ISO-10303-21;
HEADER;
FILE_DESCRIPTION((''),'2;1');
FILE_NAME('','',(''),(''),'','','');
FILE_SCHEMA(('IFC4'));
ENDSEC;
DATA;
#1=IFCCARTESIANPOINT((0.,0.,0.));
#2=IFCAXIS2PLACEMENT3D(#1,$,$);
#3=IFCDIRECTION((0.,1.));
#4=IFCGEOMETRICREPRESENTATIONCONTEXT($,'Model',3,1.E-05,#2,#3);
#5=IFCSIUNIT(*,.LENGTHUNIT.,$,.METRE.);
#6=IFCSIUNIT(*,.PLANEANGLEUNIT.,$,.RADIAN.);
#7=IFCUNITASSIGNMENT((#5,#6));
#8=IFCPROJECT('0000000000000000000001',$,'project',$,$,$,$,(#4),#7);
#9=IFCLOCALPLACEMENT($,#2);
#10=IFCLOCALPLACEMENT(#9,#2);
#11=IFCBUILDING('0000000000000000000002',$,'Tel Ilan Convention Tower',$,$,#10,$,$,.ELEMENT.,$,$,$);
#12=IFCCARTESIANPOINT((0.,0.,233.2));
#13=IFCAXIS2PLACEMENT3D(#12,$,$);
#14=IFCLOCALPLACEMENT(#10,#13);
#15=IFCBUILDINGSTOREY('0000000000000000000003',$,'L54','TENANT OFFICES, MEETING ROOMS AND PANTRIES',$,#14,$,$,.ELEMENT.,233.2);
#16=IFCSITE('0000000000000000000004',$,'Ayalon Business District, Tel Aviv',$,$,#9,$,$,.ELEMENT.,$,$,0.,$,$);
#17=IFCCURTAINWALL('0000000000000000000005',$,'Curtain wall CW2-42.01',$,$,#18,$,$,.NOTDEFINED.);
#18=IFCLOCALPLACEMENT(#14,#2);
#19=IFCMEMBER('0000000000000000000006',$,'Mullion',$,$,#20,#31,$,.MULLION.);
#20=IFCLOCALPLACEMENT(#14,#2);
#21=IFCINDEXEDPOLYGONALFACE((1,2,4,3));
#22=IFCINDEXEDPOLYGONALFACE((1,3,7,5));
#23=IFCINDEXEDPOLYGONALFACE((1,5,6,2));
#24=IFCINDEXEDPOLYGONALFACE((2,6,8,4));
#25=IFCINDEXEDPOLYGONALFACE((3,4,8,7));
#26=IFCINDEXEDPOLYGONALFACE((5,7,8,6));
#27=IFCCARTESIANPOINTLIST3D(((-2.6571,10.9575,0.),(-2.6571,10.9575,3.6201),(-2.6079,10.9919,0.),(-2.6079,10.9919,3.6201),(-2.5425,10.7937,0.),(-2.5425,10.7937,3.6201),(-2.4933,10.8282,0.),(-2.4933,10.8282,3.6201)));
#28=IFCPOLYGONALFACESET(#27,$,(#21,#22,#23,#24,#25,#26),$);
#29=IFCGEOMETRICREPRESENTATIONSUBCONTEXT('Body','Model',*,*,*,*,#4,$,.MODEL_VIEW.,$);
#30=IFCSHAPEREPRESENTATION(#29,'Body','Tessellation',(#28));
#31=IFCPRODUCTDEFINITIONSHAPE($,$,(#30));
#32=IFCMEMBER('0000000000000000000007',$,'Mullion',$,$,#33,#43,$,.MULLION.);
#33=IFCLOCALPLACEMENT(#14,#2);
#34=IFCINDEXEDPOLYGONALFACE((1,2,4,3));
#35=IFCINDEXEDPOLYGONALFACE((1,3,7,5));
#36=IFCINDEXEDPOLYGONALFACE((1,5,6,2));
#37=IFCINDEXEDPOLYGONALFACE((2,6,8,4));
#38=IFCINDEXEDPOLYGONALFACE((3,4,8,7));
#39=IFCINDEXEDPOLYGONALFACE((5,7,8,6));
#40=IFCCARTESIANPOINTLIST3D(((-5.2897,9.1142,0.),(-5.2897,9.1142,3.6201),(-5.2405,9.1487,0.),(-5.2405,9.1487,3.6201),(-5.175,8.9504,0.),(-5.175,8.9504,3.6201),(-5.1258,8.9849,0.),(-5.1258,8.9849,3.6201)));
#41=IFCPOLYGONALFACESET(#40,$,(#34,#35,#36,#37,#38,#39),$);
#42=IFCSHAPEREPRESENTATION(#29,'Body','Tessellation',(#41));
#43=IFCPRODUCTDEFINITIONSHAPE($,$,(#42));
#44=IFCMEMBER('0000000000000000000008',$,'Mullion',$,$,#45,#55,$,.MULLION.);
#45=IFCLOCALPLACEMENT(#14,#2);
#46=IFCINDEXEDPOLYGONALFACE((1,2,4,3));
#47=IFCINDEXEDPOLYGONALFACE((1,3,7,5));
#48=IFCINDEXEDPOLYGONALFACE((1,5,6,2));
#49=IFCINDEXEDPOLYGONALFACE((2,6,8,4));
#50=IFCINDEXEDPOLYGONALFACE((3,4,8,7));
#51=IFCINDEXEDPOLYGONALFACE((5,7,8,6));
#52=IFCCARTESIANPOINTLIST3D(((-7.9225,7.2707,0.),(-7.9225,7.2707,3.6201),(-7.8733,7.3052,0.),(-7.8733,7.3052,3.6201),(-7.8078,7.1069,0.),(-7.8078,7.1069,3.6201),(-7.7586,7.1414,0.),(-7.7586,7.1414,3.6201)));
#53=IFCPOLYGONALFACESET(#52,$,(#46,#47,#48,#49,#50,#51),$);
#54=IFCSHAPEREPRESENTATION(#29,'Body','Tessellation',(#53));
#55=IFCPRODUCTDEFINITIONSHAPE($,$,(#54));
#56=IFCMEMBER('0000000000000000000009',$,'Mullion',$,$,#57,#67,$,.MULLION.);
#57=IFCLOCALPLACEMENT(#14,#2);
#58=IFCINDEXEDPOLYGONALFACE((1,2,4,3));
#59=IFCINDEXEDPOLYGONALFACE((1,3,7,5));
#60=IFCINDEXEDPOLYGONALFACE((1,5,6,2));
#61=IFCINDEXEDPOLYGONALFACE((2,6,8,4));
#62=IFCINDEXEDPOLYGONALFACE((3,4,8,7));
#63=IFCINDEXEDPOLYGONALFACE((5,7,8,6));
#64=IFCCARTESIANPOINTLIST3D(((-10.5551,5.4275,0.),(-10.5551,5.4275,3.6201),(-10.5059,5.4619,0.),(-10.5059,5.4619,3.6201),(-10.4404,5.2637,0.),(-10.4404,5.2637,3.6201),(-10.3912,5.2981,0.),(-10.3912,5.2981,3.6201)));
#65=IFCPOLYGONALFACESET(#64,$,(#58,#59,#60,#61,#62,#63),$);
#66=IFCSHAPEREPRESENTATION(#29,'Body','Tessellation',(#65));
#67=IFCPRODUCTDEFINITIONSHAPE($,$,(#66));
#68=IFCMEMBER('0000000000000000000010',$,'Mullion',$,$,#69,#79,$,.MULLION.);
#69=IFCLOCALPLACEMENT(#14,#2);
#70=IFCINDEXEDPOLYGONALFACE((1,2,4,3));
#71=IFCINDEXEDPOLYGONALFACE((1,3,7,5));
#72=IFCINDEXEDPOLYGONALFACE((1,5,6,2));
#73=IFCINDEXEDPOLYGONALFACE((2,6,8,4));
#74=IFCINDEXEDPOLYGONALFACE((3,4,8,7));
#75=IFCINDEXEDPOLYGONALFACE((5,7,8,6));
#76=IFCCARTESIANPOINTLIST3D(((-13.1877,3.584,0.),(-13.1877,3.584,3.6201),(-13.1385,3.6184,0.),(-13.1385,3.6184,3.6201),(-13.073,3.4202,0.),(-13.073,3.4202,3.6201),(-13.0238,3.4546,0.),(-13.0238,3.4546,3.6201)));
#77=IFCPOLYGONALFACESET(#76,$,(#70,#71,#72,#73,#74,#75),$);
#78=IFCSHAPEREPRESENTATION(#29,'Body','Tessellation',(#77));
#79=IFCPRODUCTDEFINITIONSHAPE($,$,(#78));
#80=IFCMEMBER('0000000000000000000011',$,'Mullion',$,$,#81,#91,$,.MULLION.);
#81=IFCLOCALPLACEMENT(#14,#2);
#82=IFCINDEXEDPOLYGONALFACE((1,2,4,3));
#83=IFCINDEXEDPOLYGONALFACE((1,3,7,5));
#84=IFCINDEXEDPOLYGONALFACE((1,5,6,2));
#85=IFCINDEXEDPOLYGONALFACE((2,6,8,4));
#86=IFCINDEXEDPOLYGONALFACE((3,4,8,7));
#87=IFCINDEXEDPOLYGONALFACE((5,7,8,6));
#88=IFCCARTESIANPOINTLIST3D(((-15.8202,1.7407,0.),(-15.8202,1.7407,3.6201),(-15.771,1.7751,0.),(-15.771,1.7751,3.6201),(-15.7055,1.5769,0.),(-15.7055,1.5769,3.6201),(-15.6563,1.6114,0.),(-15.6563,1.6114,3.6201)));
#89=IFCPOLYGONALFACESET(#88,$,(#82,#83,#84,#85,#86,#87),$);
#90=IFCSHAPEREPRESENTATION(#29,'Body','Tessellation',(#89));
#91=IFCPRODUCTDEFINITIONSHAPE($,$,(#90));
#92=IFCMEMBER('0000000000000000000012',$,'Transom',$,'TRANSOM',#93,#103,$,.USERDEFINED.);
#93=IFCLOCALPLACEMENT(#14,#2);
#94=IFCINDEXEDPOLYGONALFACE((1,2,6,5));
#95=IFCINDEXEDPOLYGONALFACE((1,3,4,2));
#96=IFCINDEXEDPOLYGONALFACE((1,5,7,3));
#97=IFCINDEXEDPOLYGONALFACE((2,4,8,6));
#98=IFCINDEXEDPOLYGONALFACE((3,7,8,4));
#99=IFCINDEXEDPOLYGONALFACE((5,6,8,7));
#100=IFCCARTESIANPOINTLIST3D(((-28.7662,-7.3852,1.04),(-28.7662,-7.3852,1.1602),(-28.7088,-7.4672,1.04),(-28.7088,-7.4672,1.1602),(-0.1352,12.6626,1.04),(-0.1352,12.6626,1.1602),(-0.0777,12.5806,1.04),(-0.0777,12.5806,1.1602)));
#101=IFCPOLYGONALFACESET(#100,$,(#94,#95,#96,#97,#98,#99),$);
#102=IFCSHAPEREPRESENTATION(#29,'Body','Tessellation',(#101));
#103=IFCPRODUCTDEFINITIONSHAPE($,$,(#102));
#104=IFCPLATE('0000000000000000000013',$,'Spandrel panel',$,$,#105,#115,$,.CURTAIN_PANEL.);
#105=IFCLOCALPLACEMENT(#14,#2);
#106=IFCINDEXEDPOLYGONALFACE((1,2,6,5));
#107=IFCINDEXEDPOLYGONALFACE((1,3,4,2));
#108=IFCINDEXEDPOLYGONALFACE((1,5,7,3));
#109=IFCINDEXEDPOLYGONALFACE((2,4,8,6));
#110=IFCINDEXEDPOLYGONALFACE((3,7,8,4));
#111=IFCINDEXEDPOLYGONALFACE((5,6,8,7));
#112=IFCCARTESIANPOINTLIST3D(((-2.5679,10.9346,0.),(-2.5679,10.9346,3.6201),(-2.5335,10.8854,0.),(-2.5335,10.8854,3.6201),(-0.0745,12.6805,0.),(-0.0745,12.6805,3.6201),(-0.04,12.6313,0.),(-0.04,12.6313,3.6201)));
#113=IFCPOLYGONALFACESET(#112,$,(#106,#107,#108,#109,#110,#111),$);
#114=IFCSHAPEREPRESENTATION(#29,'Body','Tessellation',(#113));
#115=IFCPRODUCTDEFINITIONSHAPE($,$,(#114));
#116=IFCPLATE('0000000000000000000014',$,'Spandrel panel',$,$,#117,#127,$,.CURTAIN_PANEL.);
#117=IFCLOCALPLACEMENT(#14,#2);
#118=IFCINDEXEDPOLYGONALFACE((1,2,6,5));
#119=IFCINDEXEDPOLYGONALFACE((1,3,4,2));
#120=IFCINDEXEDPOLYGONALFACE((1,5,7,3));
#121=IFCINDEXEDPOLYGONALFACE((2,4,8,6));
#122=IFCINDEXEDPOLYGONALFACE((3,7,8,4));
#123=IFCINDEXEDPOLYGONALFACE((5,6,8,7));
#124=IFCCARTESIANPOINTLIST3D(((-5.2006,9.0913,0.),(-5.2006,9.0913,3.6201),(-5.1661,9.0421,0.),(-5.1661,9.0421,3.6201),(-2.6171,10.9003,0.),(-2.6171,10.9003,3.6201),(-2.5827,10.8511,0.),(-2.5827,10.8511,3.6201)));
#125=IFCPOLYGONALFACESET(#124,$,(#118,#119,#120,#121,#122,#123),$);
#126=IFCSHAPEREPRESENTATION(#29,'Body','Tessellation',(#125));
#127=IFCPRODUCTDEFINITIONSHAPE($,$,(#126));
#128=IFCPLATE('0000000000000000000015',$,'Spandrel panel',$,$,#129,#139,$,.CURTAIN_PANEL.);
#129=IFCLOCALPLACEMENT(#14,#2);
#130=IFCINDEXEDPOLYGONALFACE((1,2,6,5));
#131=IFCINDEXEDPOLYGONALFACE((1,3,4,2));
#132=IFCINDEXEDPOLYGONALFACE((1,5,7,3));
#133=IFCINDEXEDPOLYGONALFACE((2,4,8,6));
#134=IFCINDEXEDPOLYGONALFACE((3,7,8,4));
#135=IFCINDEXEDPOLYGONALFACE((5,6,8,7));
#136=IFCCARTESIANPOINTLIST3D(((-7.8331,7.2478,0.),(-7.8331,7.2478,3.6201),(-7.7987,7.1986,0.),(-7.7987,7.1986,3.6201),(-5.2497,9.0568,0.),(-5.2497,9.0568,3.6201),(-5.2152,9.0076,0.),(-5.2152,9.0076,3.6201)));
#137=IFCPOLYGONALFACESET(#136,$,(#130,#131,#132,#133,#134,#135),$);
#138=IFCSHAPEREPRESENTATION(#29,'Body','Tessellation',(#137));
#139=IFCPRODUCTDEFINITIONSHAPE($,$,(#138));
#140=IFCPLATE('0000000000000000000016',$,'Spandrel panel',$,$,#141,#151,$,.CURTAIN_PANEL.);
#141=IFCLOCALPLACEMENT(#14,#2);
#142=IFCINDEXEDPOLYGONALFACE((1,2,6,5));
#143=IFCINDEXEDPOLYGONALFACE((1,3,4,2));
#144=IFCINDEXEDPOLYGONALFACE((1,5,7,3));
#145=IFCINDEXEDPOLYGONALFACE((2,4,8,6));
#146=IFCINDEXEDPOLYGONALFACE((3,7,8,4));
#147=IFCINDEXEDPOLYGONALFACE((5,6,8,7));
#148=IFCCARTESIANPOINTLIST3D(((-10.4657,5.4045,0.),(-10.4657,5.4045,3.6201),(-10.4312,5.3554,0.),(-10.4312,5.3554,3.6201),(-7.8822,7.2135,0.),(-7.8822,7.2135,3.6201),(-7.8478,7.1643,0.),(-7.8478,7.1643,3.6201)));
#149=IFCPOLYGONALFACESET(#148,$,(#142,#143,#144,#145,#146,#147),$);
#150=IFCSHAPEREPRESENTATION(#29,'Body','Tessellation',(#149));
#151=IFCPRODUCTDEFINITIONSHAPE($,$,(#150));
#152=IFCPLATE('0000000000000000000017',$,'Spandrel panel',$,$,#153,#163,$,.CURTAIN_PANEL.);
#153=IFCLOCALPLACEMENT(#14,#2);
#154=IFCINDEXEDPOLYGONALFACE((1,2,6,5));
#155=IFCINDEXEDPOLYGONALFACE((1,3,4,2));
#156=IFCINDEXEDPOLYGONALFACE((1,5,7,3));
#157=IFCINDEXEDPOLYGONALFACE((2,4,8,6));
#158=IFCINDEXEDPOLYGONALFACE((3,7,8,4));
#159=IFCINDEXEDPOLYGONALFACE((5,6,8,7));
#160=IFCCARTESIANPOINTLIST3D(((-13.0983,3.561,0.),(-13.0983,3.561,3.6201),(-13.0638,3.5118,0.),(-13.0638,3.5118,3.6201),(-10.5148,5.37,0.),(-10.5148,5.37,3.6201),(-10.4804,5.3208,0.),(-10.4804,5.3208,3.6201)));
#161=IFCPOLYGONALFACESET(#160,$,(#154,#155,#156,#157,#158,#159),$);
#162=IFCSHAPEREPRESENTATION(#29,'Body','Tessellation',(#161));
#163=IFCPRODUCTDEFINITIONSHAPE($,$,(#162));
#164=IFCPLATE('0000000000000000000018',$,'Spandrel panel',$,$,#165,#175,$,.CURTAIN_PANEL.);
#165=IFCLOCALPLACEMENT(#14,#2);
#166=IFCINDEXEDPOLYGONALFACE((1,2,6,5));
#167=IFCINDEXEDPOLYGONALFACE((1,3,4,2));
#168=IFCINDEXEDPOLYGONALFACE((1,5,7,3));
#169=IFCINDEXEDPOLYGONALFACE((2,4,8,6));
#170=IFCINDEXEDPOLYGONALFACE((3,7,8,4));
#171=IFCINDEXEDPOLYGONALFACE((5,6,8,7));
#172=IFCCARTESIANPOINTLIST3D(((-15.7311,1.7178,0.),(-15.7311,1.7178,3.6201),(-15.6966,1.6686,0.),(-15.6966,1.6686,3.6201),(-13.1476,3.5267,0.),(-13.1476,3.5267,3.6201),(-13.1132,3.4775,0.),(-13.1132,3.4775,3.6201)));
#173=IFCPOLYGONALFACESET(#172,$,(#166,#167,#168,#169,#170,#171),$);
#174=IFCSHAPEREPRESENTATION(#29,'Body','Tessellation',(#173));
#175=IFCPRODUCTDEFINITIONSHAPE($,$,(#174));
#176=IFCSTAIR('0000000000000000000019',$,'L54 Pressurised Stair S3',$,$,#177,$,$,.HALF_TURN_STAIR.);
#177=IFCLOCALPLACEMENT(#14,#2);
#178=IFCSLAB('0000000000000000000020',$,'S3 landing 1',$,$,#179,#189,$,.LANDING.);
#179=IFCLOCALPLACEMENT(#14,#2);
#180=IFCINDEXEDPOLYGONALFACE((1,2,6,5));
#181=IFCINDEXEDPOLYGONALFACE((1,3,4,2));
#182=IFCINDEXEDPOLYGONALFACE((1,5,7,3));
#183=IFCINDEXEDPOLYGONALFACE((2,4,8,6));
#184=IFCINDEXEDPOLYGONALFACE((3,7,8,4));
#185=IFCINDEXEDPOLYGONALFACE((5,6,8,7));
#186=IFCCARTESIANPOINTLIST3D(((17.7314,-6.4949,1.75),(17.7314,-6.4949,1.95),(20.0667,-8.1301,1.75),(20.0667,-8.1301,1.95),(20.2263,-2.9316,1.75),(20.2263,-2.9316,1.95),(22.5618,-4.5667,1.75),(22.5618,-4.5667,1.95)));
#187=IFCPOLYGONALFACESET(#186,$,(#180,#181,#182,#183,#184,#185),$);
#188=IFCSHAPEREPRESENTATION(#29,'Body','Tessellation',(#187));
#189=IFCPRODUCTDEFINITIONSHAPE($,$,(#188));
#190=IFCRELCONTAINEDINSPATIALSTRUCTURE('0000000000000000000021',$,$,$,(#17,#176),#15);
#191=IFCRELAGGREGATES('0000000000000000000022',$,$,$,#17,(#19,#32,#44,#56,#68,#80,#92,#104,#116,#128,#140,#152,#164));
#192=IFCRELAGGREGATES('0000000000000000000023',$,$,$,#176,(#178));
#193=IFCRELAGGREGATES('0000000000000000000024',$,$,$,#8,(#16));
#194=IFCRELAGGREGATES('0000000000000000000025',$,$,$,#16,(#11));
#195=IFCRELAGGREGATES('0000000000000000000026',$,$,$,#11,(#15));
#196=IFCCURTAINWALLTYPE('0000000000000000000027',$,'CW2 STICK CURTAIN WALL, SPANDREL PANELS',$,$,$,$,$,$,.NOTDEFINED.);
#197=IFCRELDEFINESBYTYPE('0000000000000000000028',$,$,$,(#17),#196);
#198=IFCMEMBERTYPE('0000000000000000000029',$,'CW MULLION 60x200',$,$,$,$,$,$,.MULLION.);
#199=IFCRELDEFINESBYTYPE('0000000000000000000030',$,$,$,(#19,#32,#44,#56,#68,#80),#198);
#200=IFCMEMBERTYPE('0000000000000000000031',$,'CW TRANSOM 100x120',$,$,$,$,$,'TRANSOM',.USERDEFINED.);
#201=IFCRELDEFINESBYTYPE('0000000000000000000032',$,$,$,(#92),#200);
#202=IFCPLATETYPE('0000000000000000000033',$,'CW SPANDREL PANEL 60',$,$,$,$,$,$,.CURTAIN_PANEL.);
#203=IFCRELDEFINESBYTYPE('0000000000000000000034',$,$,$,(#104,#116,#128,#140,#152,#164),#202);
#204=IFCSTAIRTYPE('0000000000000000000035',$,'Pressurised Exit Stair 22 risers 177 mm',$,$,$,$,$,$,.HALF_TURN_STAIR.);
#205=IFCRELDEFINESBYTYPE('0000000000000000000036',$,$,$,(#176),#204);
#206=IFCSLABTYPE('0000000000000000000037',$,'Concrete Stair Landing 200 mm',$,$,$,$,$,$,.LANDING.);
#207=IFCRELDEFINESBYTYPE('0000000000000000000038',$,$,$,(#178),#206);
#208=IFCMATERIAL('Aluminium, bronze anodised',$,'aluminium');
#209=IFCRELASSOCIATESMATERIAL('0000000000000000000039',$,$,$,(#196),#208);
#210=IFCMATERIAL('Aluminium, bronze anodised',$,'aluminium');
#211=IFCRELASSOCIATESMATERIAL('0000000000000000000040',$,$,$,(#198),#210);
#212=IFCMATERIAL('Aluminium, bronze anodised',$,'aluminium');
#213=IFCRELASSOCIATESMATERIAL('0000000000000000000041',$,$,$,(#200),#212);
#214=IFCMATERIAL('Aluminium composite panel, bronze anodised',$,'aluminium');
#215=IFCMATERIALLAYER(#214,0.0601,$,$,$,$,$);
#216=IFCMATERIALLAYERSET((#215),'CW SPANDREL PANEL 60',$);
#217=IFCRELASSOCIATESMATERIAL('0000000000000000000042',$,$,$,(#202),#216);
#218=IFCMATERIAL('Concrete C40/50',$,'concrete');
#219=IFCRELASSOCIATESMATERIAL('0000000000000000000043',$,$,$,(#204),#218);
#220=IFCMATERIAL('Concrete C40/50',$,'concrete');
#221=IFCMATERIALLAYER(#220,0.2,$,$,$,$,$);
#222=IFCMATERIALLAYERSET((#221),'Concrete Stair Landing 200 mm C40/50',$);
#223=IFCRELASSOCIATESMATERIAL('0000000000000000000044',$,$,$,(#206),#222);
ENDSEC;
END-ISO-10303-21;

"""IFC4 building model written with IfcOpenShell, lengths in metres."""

from ifc_helpers import new_model, si_unit, direction, frame, origin, origin_2d, place, context, subcontext, project, spatial, polyline, rectangle, outline, extrude, material, layer, layer_set, material_profile, profile_set, type_object, element, aggregate, save


model = new_model("IFC4")

# Units and contexts
model_context = context("Model", 3, precision=1e-05, world=origin(), true_north=direction((0.0, 1.0)))
body_context = subcontext(model_context, "Body", "Model", "MODEL_VIEW")
ifc_project = project(units=[si_unit("LENGTHUNIT", "METRE"), si_unit("PLANEANGLEUNIT", "RADIAN")], contexts=[model_context])

# Site, building, storey
site_placement = place(None, origin())
site = spatial("IfcSite", under=ifc_project, at=site_placement, Name="Ayalon Business District, Tel Aviv", CompositionType="ELEMENT", RefElevation=0.0)
building_placement = place(site_placement, origin())
building = spatial("IfcBuilding", under=site, at=building_placement, Name="Tel Ilan Convention Tower", CompositionType="ELEMENT")
storey_placement = place(building_placement, frame((0.0, 0.0, 233.2)))
storey = spatial("IfcBuildingStorey", under=building, at=storey_placement, Name="L54", Description="TENANT OFFICES, MEETING ROOMS AND PANTRIES", CompositionType="ELEMENT", Elevation=233.2)

# Curtain wall, members, plates
ifc_material_1 = material(Name="Aluminium, bronze anodised", Category="aluminium")
curtain_wall_type = type_object("IfcCurtainWallType", Name="CW2 STICK CURTAIN WALL, SPANDREL PANELS", PredefinedType="NOTDEFINED", material=ifc_material_1)
curtain_wall_placement = place(storey_placement, origin())
curtain_wall = element("IfcCurtainWall", 1, at=curtain_wall_placement, inside=storey, type_object=curtain_wall_type, Name="Curtain wall CW2-42.01", PredefinedType="NOTDEFINED")
ifc_material_2 = material(Name="Aluminium, bronze anodised", Category="aluminium")
ifc_material_profile_1 = material_profile(ifc_material_2, rectangle(XDim=0.0601, YDim=0.2, at=origin_2d()), Name="CW MULLION 60x200")
ifc_profile_set_1 = profile_set([ifc_material_profile_1], Name="Aluminium, bronze anodised")
member_type_1 = type_object("IfcMemberType", Name="CW MULLION 60x200", PredefinedType="MULLION", material=ifc_profile_set_1)
member_1_placement = place(storey_placement, frame((-2.5752, 10.8928, 0.0), z_axis=(0.0, 0.0, 1.0), x_axis=(-0.819152, -0.573576, 0.0)))
member_1 = element("IfcMember", 2, at=member_1_placement, type_object=member_type_1, Name="Mullion", PredefinedType="MULLION", context=body_context, shape_type="SweptSolid", body=[
    extrude(rectangle(XDim=0.0601, YDim=0.2, at=origin_2d()), origin(), (0.0, 0.0, 1.0), 3.6201),
])
member_2_placement = place(storey_placement, frame((-5.2078, 9.0496, 0.0), z_axis=(0.0, 0.0, 1.0), x_axis=(-0.819152, -0.573576, 0.0)))
member_2 = element("IfcMember", 3, at=member_2_placement, type_object=member_type_1, Name="Mullion", PredefinedType="MULLION", context=body_context, shape_type="SweptSolid", body=[
    extrude(rectangle(XDim=0.0601, YDim=0.2, at=origin_2d()), origin(), (0.0, 0.0, 1.0), 3.6201),
])
member_3_placement = place(storey_placement, frame((-7.8406, 7.2061, 0.0), z_axis=(0.0, 0.0, 1.0), x_axis=(-0.819152, -0.573576, 0.0)))
member_3 = element("IfcMember", 4, at=member_3_placement, type_object=member_type_1, Name="Mullion", PredefinedType="MULLION", context=body_context, shape_type="SweptSolid", body=[
    extrude(rectangle(XDim=0.0601, YDim=0.2, at=origin_2d()), origin(), (0.0, 0.0, 1.0), 3.6201),
])
member_4_placement = place(storey_placement, frame((-10.4731, 5.3628, 0.0), z_axis=(0.0, 0.0, 1.0), x_axis=(-0.819152, -0.573576, 0.0)))
member_4 = element("IfcMember", 5, at=member_4_placement, type_object=member_type_1, Name="Mullion", PredefinedType="MULLION", context=body_context, shape_type="SweptSolid", body=[
    extrude(rectangle(XDim=0.0601, YDim=0.2, at=origin_2d()), origin(), (0.0, 0.0, 1.0), 3.6201),
])
member_5_placement = place(storey_placement, frame((-13.1057, 3.5193, 0.0), z_axis=(0.0, 0.0, 1.0), x_axis=(-0.819152, -0.573576, 0.0)))
member_5 = element("IfcMember", 6, at=member_5_placement, type_object=member_type_1, Name="Mullion", PredefinedType="MULLION", context=body_context, shape_type="SweptSolid", body=[
    extrude(rectangle(XDim=0.0601, YDim=0.2, at=origin_2d()), origin(), (0.0, 0.0, 1.0), 3.6201),
])
member_6_placement = place(storey_placement, frame((-15.7383, 1.676, 0.0), z_axis=(0.0, 0.0, 1.0), x_axis=(-0.819152, -0.573576, 0.0)))
member_6 = element("IfcMember", 7, at=member_6_placement, type_object=member_type_1, Name="Mullion", PredefinedType="MULLION", context=body_context, shape_type="SweptSolid", body=[
    extrude(rectangle(XDim=0.0601, YDim=0.2, at=origin_2d()), origin(), (0.0, 0.0, 1.0), 3.6201),
])
ifc_material_3 = material(Name="Aluminium, bronze anodised", Category="aluminium")
ifc_material_profile_2 = material_profile(ifc_material_3, rectangle(XDim=0.1001, YDim=0.1201, at=origin_2d()), Name="CW TRANSOM 100x120")
ifc_profile_set_2 = profile_set([ifc_material_profile_2], Name="Aluminium, bronze anodised")
member_type_2 = type_object("IfcMemberType", Name="CW TRANSOM 100x120", ElementType="TRANSOM", PredefinedType="USERDEFINED", material=ifc_profile_set_2)
member_7_placement = place(storey_placement, frame((-0.1064, 12.6216, 1.1001), z_axis=(-0.81915, -0.573579, 0.0), x_axis=(0.573579, -0.81915, 0.0)))
member_7 = element("IfcMember", 8, at=member_7_placement, type_object=member_type_2, Name="Transom", ObjectType="TRANSOM", PredefinedType="USERDEFINED", context=body_context, shape_type="SweptSolid", body=[
    extrude(rectangle(XDim=0.1001, YDim=0.1201, at=origin_2d()), origin(), (0.0, 0.0, 1.0), 34.9521),
])
ifc_material_4 = material(Name="Aluminium composite panel, bronze anodised", Category="aluminium")
ifc_layer_1 = layer(ifc_material_4, 0.0601)
ifc_layer_set_1 = layer_set([ifc_layer_1], Name="CW SPANDREL PANEL 60")
plate_type = type_object("IfcPlateType", Name="CW SPANDREL PANEL 60", PredefinedType="CURTAIN_PANEL", material=ifc_layer_set_1)
plate_1_placement = place(storey_placement, frame((-1.304, 11.783, 0.0), z_axis=(0.0, 0.0, 1.0), x_axis=(-0.819152, -0.573576, 0.0)))
plate_1 = element("IfcPlate", 9, at=plate_1_placement, type_object=plate_type, Name="Spandrel panel", PredefinedType="CURTAIN_PANEL", context=body_context, shape_type="SweptSolid", body=[
    extrude(rectangle(XDim=3.0439, YDim=0.0601, at=origin_2d()), origin(), (0.0, 0.0, 1.0), 3.6201),
])
plate_2_placement = place(storey_placement, frame((-3.8916, 9.9712, 0.0), z_axis=(0.0, 0.0, 1.0), x_axis=(-0.819152, -0.573576, 0.0)))
plate_2 = element("IfcPlate", 10, at=plate_2_placement, type_object=plate_type, Name="Spandrel panel", PredefinedType="CURTAIN_PANEL", context=body_context, shape_type="SweptSolid", body=[
    extrude(rectangle(XDim=3.1538, YDim=0.0601, at=origin_2d()), origin(), (0.0, 0.0, 1.0), 3.6201),
])
plate_3_placement = place(storey_placement, frame((-6.5242, 8.1277, 0.0), z_axis=(0.0, 0.0, 1.0), x_axis=(-0.819152, -0.573576, 0.0)))
plate_3 = element("IfcPlate", 11, at=plate_3_placement, type_object=plate_type, Name="Spandrel panel", PredefinedType="CURTAIN_PANEL", context=body_context, shape_type="SweptSolid", body=[
    extrude(rectangle(XDim=3.1538, YDim=0.0601, at=origin_2d()), origin(), (0.0, 0.0, 1.0), 3.6201),
])
plate_4_placement = place(storey_placement, frame((-9.1567, 6.2844, 0.0), z_axis=(0.0, 0.0, 1.0), x_axis=(-0.819152, -0.573576, 0.0)))
plate_4 = element("IfcPlate", 12, at=plate_4_placement, type_object=plate_type, Name="Spandrel panel", PredefinedType="CURTAIN_PANEL", context=body_context, shape_type="SweptSolid", body=[
    extrude(rectangle(XDim=3.1538, YDim=0.0601, at=origin_2d()), origin(), (0.0, 0.0, 1.0), 3.6201),
])
plate_5_placement = place(storey_placement, frame((-11.7893, 4.4409, 0.0), z_axis=(0.0, 0.0, 1.0), x_axis=(-0.819152, -0.573576, 0.0)))
plate_5 = element("IfcPlate", 13, at=plate_5_placement, type_object=plate_type, Name="Spandrel panel", PredefinedType="CURTAIN_PANEL", context=body_context, shape_type="SweptSolid", body=[
    extrude(rectangle(XDim=3.1538, YDim=0.0601, at=origin_2d()), origin(), (0.0, 0.0, 1.0), 3.6201),
])
plate_6_placement = place(storey_placement, frame((-14.4221, 2.5977, 0.0), z_axis=(0.0, 0.0, 1.0), x_axis=(-0.819152, -0.573576, 0.0)))
plate_6 = element("IfcPlate", 14, at=plate_6_placement, type_object=plate_type, Name="Spandrel panel", PredefinedType="CURTAIN_PANEL", context=body_context, shape_type="SweptSolid", body=[
    extrude(rectangle(XDim=3.1538, YDim=0.0601, at=origin_2d()), origin(), (0.0, 0.0, 1.0), 3.6201),
])
aggregate(curtain_wall, [member_1, member_2, member_3, member_4, member_5, member_6, member_7, plate_1, plate_2, plate_3, plate_4, plate_5, plate_6])

# Stair, slab
ifc_material_5 = material(Name="Concrete C40/50", Category="concrete")
stair_type = type_object("IfcStairType", Name="Pressurised Exit Stair 22 risers 177 mm", PredefinedType="HALF_TURN_STAIR", material=ifc_material_5)
stair_placement = place(storey_placement, origin())
stair = element("IfcStair", 15, at=stair_placement, inside=storey, type_object=stair_type, Name="L54 Pressurised Stair S3", PredefinedType="HALF_TURN_STAIR")
ifc_material_6 = material(Name="Concrete C40/50", Category="concrete")
ifc_layer_2 = layer(ifc_material_6, 0.2)
ifc_layer_set_2 = layer_set([ifc_layer_2], Name="Concrete Stair Landing 200 mm C40/50")
slab_type = type_object("IfcSlabType", Name="Concrete Stair Landing 200 mm", PredefinedType="LANDING", material=ifc_layer_set_2)
slab_placement = place(storey_placement, frame((0.0, 0.0, 1.75)))
slab = element("IfcSlab", 16, at=slab_placement, type_object=slab_type, Name="S3 landing 1", PredefinedType="LANDING", context=body_context, shape_type="SweptSolid", body=[
    extrude(outline(polyline([(22.5618, -4.5667), (20.2263, -2.9316), (17.7314, -6.4949), (20.0667, -8.1301), (22.5618, -4.5667)])), origin(), (0.0, 0.0, 1.0), 0.2),
])
aggregate(stair, [slab])

save(model, "model.ifc")
